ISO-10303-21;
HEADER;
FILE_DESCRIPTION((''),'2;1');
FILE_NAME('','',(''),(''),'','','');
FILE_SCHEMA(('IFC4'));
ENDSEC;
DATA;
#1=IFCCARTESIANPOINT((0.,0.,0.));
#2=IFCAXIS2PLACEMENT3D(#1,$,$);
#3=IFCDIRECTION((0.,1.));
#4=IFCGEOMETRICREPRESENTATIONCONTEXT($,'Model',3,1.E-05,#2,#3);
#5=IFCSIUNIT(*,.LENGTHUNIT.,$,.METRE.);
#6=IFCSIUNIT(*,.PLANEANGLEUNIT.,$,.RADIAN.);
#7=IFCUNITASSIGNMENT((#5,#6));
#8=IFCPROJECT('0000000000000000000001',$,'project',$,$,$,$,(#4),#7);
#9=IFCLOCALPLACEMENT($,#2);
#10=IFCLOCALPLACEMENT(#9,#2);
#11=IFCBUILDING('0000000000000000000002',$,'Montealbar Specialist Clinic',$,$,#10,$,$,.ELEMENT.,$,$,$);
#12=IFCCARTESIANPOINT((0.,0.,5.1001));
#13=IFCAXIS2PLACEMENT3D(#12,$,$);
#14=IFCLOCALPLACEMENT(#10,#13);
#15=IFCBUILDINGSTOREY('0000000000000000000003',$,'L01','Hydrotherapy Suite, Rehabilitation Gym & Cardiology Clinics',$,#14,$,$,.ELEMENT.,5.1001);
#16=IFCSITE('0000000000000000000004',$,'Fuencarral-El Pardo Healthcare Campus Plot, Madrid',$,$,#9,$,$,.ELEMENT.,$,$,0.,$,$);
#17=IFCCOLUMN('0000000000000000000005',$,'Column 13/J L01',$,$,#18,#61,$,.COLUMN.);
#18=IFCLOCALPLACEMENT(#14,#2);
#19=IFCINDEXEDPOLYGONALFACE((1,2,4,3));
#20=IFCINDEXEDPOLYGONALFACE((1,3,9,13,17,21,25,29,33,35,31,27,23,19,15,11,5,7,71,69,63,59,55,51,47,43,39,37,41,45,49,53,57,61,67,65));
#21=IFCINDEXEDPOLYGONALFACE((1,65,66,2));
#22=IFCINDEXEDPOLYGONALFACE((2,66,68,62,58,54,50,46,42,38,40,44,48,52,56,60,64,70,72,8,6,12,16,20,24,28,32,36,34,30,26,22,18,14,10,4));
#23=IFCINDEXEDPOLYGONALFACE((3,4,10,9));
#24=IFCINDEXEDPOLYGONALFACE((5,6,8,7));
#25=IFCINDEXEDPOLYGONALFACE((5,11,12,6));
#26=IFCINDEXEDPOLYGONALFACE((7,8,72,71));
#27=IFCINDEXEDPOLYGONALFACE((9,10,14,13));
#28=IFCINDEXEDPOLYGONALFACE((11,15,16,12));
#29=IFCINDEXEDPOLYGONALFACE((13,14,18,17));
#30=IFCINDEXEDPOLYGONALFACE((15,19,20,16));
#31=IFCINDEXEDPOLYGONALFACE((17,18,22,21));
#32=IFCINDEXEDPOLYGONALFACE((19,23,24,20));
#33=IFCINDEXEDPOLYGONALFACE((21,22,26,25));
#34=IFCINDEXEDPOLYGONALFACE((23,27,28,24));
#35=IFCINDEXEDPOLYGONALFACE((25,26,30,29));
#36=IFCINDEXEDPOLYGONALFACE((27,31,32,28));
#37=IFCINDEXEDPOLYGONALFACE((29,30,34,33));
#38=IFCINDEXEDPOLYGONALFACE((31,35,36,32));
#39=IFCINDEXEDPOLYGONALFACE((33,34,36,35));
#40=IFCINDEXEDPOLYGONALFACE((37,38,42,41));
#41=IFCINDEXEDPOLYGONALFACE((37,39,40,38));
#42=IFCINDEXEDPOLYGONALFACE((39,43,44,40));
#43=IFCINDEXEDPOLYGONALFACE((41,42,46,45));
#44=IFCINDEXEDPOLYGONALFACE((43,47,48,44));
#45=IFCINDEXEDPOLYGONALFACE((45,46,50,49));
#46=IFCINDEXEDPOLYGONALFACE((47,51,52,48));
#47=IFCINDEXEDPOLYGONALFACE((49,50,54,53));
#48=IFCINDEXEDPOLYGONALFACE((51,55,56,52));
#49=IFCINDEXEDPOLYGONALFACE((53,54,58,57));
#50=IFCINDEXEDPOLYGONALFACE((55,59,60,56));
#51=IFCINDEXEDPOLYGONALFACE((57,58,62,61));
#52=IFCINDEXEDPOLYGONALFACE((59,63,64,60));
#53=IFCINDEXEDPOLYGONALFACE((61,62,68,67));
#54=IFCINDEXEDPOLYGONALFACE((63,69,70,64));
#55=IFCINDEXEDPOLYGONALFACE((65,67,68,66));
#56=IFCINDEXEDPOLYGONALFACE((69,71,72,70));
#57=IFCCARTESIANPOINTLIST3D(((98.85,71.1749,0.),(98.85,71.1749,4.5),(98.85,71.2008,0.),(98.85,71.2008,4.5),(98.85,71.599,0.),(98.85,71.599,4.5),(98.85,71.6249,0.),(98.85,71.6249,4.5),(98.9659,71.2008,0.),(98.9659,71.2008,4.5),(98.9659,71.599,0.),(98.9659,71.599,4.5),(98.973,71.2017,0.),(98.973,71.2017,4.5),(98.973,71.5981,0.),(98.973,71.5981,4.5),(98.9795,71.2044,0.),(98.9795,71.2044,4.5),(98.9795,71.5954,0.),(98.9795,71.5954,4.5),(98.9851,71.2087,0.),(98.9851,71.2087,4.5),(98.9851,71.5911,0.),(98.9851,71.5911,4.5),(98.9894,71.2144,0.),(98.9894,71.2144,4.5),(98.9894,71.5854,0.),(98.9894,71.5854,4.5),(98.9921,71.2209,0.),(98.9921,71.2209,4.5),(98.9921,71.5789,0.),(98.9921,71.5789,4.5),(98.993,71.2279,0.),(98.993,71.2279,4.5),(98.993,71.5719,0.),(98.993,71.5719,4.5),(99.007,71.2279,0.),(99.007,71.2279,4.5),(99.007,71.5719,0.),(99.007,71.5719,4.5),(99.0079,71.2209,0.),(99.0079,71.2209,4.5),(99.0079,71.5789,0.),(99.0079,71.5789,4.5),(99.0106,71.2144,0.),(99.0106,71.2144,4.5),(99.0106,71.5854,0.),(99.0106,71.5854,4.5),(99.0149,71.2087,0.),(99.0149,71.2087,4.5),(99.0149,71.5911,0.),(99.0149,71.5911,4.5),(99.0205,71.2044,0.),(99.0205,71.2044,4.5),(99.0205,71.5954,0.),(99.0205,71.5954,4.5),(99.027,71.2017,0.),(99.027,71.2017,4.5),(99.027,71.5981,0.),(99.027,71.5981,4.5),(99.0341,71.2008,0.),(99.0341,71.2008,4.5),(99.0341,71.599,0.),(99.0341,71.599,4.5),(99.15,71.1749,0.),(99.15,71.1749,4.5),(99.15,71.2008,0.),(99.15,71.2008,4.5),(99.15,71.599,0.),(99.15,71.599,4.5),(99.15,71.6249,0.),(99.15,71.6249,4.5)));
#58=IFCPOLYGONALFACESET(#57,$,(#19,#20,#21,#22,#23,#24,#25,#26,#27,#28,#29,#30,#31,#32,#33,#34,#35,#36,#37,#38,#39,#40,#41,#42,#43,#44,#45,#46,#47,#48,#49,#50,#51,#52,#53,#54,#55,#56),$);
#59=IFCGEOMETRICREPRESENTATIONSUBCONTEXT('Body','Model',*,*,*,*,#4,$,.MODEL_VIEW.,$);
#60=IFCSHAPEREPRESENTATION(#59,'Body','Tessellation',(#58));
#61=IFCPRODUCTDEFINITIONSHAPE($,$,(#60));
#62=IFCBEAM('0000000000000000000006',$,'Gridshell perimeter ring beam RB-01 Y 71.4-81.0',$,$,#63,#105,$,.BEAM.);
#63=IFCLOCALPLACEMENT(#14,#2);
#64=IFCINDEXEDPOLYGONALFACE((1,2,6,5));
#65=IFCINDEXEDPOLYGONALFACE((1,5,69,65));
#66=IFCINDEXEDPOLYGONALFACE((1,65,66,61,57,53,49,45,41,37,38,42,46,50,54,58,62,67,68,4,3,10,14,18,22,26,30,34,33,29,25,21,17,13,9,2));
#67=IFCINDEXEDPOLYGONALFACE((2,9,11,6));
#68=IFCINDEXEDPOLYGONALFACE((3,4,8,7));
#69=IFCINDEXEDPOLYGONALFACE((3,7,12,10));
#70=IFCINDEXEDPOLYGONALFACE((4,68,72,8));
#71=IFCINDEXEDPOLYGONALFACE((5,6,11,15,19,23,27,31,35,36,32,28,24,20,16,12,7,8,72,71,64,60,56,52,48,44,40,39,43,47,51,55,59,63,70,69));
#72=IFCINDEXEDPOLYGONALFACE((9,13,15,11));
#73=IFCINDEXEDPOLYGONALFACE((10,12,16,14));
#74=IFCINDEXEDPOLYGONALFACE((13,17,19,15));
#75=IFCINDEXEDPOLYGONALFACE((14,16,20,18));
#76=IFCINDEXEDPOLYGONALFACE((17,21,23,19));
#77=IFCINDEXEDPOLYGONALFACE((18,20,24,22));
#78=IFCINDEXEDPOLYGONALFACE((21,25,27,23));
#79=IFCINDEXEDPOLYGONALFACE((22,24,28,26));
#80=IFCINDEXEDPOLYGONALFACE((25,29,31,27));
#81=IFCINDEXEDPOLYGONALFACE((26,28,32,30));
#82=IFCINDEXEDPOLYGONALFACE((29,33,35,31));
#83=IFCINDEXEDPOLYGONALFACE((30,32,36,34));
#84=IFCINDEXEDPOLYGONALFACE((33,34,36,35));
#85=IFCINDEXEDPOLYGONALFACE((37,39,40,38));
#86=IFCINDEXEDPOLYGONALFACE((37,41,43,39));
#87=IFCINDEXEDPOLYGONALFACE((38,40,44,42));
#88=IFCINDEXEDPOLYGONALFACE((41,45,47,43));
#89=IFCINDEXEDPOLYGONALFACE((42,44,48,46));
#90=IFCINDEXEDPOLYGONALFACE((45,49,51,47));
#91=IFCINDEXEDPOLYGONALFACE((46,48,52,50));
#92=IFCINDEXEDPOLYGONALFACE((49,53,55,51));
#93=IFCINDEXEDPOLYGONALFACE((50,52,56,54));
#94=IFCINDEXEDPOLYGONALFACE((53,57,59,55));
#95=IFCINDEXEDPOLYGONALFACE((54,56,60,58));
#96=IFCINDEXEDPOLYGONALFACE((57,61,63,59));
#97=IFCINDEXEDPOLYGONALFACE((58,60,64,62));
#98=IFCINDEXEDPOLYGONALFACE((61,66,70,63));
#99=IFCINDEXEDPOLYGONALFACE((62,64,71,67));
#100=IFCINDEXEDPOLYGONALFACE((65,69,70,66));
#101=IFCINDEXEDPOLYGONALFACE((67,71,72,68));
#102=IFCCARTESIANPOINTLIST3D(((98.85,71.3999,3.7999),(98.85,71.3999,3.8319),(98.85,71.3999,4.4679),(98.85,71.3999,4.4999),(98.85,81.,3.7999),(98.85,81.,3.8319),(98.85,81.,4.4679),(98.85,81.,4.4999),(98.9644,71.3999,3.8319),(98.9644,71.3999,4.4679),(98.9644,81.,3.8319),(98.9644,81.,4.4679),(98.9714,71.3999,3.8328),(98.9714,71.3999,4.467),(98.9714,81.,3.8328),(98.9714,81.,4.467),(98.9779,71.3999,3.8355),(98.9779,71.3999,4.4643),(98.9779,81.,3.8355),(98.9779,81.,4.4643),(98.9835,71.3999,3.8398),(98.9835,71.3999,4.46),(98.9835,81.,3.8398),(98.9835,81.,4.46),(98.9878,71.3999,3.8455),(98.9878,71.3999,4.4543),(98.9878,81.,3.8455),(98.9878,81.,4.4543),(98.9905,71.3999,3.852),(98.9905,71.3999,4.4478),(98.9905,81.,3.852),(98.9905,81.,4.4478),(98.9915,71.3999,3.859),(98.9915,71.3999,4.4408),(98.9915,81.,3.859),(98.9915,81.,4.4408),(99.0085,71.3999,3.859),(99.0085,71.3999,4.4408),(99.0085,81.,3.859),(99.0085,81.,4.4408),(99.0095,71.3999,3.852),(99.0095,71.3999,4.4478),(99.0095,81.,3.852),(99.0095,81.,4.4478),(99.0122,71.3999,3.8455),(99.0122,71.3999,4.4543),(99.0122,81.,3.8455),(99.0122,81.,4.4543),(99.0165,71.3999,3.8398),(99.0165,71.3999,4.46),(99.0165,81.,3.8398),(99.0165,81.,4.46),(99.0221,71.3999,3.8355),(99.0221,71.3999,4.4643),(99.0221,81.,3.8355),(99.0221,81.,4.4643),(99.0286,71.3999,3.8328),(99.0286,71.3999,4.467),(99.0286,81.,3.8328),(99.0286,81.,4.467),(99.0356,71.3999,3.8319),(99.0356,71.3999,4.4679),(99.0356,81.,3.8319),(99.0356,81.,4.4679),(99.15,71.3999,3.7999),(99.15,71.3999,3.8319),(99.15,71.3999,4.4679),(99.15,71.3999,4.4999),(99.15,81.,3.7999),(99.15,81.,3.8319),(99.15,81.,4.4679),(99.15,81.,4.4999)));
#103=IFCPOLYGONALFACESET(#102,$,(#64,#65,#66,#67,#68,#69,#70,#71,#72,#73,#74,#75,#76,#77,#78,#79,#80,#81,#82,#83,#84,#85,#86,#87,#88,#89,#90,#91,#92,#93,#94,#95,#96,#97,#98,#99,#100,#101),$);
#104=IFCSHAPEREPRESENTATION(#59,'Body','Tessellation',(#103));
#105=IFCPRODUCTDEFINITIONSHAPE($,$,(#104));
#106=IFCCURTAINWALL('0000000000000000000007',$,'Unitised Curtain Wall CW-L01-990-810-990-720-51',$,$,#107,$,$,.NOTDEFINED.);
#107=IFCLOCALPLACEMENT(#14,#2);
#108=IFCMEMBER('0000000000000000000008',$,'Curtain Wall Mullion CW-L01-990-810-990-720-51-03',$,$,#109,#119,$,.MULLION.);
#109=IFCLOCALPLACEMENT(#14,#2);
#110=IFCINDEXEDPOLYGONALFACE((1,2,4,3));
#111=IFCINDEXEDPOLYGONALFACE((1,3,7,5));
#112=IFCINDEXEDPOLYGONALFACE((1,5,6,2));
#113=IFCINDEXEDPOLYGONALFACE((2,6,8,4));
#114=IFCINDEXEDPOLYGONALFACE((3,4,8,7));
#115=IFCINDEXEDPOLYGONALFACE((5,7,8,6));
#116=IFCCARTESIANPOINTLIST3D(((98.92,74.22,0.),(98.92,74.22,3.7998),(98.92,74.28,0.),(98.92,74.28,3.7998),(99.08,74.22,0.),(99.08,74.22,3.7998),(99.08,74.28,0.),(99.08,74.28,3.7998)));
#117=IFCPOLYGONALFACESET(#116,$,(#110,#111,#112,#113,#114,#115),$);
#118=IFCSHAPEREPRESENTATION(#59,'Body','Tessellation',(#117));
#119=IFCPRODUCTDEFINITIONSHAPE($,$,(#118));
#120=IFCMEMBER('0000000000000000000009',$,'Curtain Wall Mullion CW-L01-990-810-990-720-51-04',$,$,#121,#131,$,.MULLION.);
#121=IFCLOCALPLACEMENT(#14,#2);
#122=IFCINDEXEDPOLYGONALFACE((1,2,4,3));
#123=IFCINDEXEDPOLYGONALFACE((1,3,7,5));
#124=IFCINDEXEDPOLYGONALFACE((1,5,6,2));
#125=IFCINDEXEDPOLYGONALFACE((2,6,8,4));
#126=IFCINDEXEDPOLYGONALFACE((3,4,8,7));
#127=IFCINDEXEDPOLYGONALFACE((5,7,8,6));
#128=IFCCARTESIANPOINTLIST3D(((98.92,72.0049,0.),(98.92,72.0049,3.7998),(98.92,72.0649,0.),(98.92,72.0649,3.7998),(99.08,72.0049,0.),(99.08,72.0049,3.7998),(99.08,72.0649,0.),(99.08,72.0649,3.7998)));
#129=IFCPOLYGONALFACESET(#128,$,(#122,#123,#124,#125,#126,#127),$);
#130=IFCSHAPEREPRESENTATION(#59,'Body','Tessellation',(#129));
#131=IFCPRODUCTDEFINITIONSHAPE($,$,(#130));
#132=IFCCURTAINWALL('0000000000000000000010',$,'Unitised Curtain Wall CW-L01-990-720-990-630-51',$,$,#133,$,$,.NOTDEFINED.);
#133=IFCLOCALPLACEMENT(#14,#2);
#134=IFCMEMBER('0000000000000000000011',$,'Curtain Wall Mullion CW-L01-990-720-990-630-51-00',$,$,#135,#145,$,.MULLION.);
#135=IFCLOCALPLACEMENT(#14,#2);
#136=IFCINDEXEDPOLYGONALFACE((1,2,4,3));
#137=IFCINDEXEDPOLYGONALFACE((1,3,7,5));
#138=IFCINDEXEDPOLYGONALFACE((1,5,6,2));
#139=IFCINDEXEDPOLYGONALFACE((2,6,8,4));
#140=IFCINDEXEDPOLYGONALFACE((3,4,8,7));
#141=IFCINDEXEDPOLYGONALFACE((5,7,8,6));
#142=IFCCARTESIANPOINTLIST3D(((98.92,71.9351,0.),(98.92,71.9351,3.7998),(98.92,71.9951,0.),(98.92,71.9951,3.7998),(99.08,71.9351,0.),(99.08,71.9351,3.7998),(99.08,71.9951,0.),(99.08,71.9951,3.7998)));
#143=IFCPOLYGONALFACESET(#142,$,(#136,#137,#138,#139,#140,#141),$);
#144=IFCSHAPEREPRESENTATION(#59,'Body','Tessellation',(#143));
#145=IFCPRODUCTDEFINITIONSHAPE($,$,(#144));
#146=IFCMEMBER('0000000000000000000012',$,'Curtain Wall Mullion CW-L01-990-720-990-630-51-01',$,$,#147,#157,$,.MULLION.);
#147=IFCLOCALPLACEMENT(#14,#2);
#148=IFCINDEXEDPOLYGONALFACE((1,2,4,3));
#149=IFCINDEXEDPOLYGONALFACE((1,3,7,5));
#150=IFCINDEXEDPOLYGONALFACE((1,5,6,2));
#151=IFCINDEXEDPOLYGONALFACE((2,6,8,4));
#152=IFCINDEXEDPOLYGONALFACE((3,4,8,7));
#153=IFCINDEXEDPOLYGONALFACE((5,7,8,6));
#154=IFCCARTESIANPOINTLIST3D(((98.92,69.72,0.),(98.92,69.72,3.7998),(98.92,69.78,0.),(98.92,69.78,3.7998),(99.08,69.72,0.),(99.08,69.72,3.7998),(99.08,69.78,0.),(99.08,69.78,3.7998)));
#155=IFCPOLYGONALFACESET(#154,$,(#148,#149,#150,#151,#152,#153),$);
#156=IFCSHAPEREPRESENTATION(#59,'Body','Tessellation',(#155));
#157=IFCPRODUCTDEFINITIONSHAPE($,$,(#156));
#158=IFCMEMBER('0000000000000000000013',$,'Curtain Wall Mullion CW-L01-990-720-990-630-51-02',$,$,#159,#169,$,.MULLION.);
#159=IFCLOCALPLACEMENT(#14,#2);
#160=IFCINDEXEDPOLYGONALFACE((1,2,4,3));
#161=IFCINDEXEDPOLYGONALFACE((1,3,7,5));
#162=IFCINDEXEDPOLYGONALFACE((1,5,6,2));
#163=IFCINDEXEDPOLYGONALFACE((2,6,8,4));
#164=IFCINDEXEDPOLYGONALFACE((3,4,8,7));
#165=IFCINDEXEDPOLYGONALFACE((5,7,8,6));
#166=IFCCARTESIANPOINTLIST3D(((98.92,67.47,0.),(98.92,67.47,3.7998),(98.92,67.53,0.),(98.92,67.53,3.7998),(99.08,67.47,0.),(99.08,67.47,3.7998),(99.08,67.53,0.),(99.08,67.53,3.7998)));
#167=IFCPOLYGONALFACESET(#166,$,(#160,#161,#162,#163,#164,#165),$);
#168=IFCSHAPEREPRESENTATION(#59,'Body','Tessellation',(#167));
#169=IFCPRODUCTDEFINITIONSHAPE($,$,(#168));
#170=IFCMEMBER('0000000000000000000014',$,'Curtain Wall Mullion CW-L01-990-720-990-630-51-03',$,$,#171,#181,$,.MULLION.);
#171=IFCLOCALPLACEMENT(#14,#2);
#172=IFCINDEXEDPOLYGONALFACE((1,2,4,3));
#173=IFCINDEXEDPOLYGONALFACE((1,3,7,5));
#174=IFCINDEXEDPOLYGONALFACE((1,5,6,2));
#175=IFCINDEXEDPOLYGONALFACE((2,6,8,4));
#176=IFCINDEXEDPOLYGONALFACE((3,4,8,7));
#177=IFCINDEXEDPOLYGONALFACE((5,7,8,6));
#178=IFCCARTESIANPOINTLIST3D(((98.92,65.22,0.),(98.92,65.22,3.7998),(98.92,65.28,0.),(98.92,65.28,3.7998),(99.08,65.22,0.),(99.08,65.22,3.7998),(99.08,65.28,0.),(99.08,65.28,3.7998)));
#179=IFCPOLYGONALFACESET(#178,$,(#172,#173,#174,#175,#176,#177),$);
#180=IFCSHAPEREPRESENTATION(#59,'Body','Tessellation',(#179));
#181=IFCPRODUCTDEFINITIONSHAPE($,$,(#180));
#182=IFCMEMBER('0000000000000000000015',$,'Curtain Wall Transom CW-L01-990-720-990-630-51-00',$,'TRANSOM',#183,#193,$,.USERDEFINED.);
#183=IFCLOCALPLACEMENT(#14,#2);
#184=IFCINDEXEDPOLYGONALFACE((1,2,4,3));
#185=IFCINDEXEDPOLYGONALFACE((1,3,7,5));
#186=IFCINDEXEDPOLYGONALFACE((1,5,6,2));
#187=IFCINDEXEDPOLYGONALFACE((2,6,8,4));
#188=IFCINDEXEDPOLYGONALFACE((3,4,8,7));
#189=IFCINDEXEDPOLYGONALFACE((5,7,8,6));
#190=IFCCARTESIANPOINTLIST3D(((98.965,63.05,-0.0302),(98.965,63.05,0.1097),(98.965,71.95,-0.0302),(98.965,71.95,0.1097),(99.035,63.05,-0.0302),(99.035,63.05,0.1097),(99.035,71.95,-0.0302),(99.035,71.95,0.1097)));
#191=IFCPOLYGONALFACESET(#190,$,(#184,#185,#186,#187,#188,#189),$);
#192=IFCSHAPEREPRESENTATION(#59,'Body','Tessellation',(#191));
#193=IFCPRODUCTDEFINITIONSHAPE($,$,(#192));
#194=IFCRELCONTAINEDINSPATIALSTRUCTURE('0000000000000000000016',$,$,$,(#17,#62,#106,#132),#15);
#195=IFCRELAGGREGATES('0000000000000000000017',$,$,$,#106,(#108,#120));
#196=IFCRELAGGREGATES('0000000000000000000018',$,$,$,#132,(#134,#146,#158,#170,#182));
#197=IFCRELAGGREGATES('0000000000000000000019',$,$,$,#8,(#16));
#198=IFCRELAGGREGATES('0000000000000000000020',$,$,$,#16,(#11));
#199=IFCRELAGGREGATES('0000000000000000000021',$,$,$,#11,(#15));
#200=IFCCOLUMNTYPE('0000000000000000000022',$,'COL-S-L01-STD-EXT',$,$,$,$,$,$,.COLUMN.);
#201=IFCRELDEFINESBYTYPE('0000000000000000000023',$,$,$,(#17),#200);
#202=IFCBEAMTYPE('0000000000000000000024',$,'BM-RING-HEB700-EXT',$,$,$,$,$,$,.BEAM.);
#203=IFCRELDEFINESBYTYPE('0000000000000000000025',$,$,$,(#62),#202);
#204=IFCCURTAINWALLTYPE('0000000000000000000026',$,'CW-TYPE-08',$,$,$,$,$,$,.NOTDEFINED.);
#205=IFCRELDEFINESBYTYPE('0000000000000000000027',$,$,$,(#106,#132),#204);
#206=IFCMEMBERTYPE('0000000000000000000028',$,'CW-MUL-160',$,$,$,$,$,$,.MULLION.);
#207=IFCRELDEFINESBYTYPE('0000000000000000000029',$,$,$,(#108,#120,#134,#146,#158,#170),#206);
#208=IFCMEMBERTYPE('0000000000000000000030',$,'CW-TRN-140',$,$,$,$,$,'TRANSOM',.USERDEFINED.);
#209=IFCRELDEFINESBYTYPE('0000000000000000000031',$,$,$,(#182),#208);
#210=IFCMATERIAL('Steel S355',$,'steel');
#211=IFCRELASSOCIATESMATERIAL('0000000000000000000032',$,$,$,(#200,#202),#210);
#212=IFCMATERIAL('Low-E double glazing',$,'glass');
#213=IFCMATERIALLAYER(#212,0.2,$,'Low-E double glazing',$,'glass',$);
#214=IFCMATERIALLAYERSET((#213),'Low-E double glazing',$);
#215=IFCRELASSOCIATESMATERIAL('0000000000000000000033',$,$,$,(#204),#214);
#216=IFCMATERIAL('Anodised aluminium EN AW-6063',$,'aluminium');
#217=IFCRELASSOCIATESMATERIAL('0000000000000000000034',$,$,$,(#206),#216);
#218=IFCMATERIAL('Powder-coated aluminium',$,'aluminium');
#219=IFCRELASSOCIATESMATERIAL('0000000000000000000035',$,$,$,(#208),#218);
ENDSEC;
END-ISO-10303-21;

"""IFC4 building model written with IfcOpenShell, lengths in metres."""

from ifc_helpers import new_model, si_unit, direction, frame, origin, origin_2d, place, context, subcontext, project, spatial, rectangle, i_section, extrude, material, layer, layer_set, material_profile, profile_set, type_object, element, aggregate, save


model = new_model("IFC4")

# Units and contexts
model_context = context("Model", 3, precision=1e-05, world=origin(), true_north=direction((0.0, 1.0)))
body_context = subcontext(model_context, "Body", "Model", "MODEL_VIEW")
ifc_project = project(units=[si_unit("LENGTHUNIT", "METRE"), si_unit("PLANEANGLEUNIT", "RADIAN")], contexts=[model_context])

# Site, building, storey
site_placement = place(None, origin())
site = spatial("IfcSite", under=ifc_project, at=site_placement, Name="Fuencarral-El Pardo Healthcare Campus Plot, Madrid", CompositionType="ELEMENT", RefElevation=0.0)
building_placement = place(site_placement, origin())
building = spatial("IfcBuilding", under=site, at=building_placement, Name="Montealbar Specialist Clinic", CompositionType="ELEMENT")
storey_placement = place(building_placement, frame((0.0, 0.0, 5.1001)))
storey = spatial("IfcBuildingStorey", under=building, at=storey_placement, Name="L01", Description="Hydrotherapy Suite, Rehabilitation Gym & Cardiology Clinics", CompositionType="ELEMENT", Elevation=5.1001)

# Column
ifc_material_1 = material(Name="Steel S355", Category="steel")
ifc_material_profile_1 = material_profile(ifc_material_1, i_section(OverallWidth=0.3, OverallDepth=0.45, WebThickness=0.0139, FlangeThickness=0.0259, FilletRadius=0.0271, at=origin_2d()), Name="HEB 450", Category="steel")
ifc_profile_set_1 = profile_set([ifc_material_profile_1], Name="Steel S355")
column_type = type_object("IfcColumnType", Name="COL-S-L01-STD-EXT", PredefinedType="COLUMN", material=ifc_profile_set_1)
column_placement = place(storey_placement, frame((99.0, 71.3999, 0.0), z_axis=(0.0, 0.0, 1.0), x_axis=(1.0, 0.0, 0.0)))
element("IfcColumn", 1, at=column_placement, inside=storey, type_object=column_type, Name="Column 13/J L01", PredefinedType="COLUMN", context=body_context, shape_type="SweptSolid", body=[
    extrude(i_section(OverallWidth=0.3, OverallDepth=0.45, WebThickness=0.0139, FlangeThickness=0.0259, FilletRadius=0.0271, at=origin_2d()), origin(), (0.0, 0.0, 1.0), 4.5),
])

# Beam
ifc_material_profile_2 = material_profile(ifc_material_1, i_section(OverallWidth=0.3, OverallDepth=0.7, WebThickness=0.0171, FlangeThickness=0.032, FilletRadius=0.0271, at=origin_2d()), Name="HEB 700", Category="steel")
ifc_profile_set_2 = profile_set([ifc_material_profile_2], Name="Steel S355")
beam_type = type_object("IfcBeamType", Name="BM-RING-HEB700-EXT", PredefinedType="BEAM", material=ifc_profile_set_2)
beam_placement = place(storey_placement, frame((99.0, 71.3999, 4.1499), z_axis=(0.0, 1.0, 0.0), x_axis=(-1.0, 0.0, 0.0)))
element("IfcBeam", 2, at=beam_placement, inside=storey, type_object=beam_type, Name="Gridshell perimeter ring beam RB-01 Y 71.4-81.0", PredefinedType="BEAM", context=body_context, shape_type="SweptSolid", body=[
    extrude(i_section(OverallWidth=0.3, OverallDepth=0.7, WebThickness=0.0171, FlangeThickness=0.032, FilletRadius=0.0271, at=origin_2d()), origin(), (0.0, 0.0, 1.0), 9.6001),
])

# Curtain walls, members
ifc_material_2 = material(Name="Low-E double glazing", Category="glass")
ifc_layer_1 = layer(ifc_material_2, 0.2, Name="Low-E double glazing", Category="glass")
ifc_layer_set_1 = layer_set([ifc_layer_1], Name="Low-E double glazing")
curtain_wall_type = type_object("IfcCurtainWallType", Name="CW-TYPE-08", PredefinedType="NOTDEFINED", material=ifc_layer_set_1)
curtain_wall_1_placement = place(storey_placement, origin())
curtain_wall_1 = element("IfcCurtainWall", 3, at=curtain_wall_1_placement, inside=storey, type_object=curtain_wall_type, Name="Unitised Curtain Wall CW-L01-990-810-990-720-51", PredefinedType="NOTDEFINED")
ifc_material_3 = material(Name="Anodised aluminium EN AW-6063", Category="aluminium")
ifc_material_profile_3 = material_profile(ifc_material_3, rectangle(XDim=0.0601, YDim=0.1599, at=origin_2d()), Name="ALU 60x160", Category="aluminium")
ifc_profile_set_3 = profile_set([ifc_material_profile_3], Name="Anodised aluminium EN AW-6063")
member_type_1 = type_object("IfcMemberType", Name="CW-MUL-160", PredefinedType="MULLION", material=ifc_profile_set_3)
member_1_placement = place(storey_placement, frame((99.0, 74.25, 0.0), z_axis=(0.0, 0.0, 1.0), x_axis=(0.0, -1.0, 0.0)))
member_1 = element("IfcMember", 4, at=member_1_placement, type_object=member_type_1, Name="Curtain Wall Mullion CW-L01-990-810-990-720-51-03", PredefinedType="MULLION", context=body_context, shape_type="SweptSolid", body=[
    extrude(rectangle(XDim=0.0601, YDim=0.1599, at=origin_2d()), origin(), (0.0, 0.0, 1.0), 3.7998),
])
member_2_placement = place(storey_placement, frame((99.0, 72.0349, 0.0), z_axis=(0.0, 0.0, 1.0), x_axis=(0.0, -1.0, 0.0)))
member_2 = element("IfcMember", 5, at=member_2_placement, type_object=member_type_1, Name="Curtain Wall Mullion CW-L01-990-810-990-720-51-04", PredefinedType="MULLION", context=body_context, shape_type="SweptSolid", body=[
    extrude(rectangle(XDim=0.0601, YDim=0.1599, at=origin_2d()), origin(), (0.0, 0.0, 1.0), 3.7998),
])
curtain_wall_2_placement = place(storey_placement, origin())
curtain_wall_2 = element("IfcCurtainWall", 6, at=curtain_wall_2_placement, inside=storey, type_object=curtain_wall_type, Name="Unitised Curtain Wall CW-L01-990-720-990-630-51", PredefinedType="NOTDEFINED")
member_3_placement = place(storey_placement, frame((99.0, 71.9651, 0.0), z_axis=(0.0, 0.0, 1.0), x_axis=(0.0, -1.0, 0.0)))
member_3 = element("IfcMember", 7, at=member_3_placement, type_object=member_type_1, Name="Curtain Wall Mullion CW-L01-990-720-990-630-51-00", PredefinedType="MULLION", context=body_context, shape_type="SweptSolid", body=[
    extrude(rectangle(XDim=0.0601, YDim=0.1599, at=origin_2d()), origin(), (0.0, 0.0, 1.0), 3.7998),
])
member_4_placement = place(storey_placement, frame((99.0, 69.75, 0.0), z_axis=(0.0, 0.0, 1.0), x_axis=(0.0, -1.0, 0.0)))
member_4 = element("IfcMember", 8, at=member_4_placement, type_object=member_type_1, Name="Curtain Wall Mullion CW-L01-990-720-990-630-51-01", PredefinedType="MULLION", context=body_context, shape_type="SweptSolid", body=[
    extrude(rectangle(XDim=0.0601, YDim=0.1599, at=origin_2d()), origin(), (0.0, 0.0, 1.0), 3.7998),
])
member_5_placement = place(storey_placement, frame((99.0, 67.5, 0.0), z_axis=(0.0, 0.0, 1.0), x_axis=(0.0, -1.0, 0.0)))
member_5 = element("IfcMember", 9, at=member_5_placement, type_object=member_type_1, Name="Curtain Wall Mullion CW-L01-990-720-990-630-51-02", PredefinedType="MULLION", context=body_context, shape_type="SweptSolid", body=[
    extrude(rectangle(XDim=0.0601, YDim=0.1599, at=origin_2d()), origin(), (0.0, 0.0, 1.0), 3.7998),
])
member_6_placement = place(storey_placement, frame((99.0, 65.25, 0.0), z_axis=(0.0, 0.0, 1.0), x_axis=(0.0, -1.0, 0.0)))
member_6 = element("IfcMember", 10, at=member_6_placement, type_object=member_type_1, Name="Curtain Wall Mullion CW-L01-990-720-990-630-51-03", PredefinedType="MULLION", context=body_context, shape_type="SweptSolid", body=[
    extrude(rectangle(XDim=0.0601, YDim=0.1599, at=origin_2d()), origin(), (0.0, 0.0, 1.0), 3.7998),
])
ifc_material_4 = material(Name="Powder-coated aluminium", Category="aluminium")
ifc_material_profile_4 = material_profile(ifc_material_4, rectangle(XDim=0.0701, YDim=0.1399, at=origin_2d()), Name="ALU 70x140", Category="aluminium")
ifc_profile_set_4 = profile_set([ifc_material_profile_4], Name="Powder-coated aluminium")
member_type_2 = type_object("IfcMemberType", Name="CW-TRN-140", ElementType="TRANSOM", PredefinedType="USERDEFINED", material=ifc_profile_set_4)
member_7_placement = place(storey_placement, frame((99.0, 71.95, 0.0398), z_axis=(0.0, -1.0, 0.0), x_axis=(1.0, 0.0, 0.0)))
member_7 = element("IfcMember", 11, at=member_7_placement, type_object=member_type_2, Name="Curtain Wall Transom CW-L01-990-720-990-630-51-00", ObjectType="TRANSOM", PredefinedType="USERDEFINED", context=body_context, shape_type="SweptSolid", body=[
    extrude(rectangle(XDim=0.0701, YDim=0.1399, at=origin_2d()), origin(), (0.0, 0.0, 1.0), 8.8999),
])

aggregate(curtain_wall_1, [member_1, member_2])
aggregate(curtain_wall_2, [member_3, member_4, member_5, member_6, member_7])

save(model, "model.ifc")
